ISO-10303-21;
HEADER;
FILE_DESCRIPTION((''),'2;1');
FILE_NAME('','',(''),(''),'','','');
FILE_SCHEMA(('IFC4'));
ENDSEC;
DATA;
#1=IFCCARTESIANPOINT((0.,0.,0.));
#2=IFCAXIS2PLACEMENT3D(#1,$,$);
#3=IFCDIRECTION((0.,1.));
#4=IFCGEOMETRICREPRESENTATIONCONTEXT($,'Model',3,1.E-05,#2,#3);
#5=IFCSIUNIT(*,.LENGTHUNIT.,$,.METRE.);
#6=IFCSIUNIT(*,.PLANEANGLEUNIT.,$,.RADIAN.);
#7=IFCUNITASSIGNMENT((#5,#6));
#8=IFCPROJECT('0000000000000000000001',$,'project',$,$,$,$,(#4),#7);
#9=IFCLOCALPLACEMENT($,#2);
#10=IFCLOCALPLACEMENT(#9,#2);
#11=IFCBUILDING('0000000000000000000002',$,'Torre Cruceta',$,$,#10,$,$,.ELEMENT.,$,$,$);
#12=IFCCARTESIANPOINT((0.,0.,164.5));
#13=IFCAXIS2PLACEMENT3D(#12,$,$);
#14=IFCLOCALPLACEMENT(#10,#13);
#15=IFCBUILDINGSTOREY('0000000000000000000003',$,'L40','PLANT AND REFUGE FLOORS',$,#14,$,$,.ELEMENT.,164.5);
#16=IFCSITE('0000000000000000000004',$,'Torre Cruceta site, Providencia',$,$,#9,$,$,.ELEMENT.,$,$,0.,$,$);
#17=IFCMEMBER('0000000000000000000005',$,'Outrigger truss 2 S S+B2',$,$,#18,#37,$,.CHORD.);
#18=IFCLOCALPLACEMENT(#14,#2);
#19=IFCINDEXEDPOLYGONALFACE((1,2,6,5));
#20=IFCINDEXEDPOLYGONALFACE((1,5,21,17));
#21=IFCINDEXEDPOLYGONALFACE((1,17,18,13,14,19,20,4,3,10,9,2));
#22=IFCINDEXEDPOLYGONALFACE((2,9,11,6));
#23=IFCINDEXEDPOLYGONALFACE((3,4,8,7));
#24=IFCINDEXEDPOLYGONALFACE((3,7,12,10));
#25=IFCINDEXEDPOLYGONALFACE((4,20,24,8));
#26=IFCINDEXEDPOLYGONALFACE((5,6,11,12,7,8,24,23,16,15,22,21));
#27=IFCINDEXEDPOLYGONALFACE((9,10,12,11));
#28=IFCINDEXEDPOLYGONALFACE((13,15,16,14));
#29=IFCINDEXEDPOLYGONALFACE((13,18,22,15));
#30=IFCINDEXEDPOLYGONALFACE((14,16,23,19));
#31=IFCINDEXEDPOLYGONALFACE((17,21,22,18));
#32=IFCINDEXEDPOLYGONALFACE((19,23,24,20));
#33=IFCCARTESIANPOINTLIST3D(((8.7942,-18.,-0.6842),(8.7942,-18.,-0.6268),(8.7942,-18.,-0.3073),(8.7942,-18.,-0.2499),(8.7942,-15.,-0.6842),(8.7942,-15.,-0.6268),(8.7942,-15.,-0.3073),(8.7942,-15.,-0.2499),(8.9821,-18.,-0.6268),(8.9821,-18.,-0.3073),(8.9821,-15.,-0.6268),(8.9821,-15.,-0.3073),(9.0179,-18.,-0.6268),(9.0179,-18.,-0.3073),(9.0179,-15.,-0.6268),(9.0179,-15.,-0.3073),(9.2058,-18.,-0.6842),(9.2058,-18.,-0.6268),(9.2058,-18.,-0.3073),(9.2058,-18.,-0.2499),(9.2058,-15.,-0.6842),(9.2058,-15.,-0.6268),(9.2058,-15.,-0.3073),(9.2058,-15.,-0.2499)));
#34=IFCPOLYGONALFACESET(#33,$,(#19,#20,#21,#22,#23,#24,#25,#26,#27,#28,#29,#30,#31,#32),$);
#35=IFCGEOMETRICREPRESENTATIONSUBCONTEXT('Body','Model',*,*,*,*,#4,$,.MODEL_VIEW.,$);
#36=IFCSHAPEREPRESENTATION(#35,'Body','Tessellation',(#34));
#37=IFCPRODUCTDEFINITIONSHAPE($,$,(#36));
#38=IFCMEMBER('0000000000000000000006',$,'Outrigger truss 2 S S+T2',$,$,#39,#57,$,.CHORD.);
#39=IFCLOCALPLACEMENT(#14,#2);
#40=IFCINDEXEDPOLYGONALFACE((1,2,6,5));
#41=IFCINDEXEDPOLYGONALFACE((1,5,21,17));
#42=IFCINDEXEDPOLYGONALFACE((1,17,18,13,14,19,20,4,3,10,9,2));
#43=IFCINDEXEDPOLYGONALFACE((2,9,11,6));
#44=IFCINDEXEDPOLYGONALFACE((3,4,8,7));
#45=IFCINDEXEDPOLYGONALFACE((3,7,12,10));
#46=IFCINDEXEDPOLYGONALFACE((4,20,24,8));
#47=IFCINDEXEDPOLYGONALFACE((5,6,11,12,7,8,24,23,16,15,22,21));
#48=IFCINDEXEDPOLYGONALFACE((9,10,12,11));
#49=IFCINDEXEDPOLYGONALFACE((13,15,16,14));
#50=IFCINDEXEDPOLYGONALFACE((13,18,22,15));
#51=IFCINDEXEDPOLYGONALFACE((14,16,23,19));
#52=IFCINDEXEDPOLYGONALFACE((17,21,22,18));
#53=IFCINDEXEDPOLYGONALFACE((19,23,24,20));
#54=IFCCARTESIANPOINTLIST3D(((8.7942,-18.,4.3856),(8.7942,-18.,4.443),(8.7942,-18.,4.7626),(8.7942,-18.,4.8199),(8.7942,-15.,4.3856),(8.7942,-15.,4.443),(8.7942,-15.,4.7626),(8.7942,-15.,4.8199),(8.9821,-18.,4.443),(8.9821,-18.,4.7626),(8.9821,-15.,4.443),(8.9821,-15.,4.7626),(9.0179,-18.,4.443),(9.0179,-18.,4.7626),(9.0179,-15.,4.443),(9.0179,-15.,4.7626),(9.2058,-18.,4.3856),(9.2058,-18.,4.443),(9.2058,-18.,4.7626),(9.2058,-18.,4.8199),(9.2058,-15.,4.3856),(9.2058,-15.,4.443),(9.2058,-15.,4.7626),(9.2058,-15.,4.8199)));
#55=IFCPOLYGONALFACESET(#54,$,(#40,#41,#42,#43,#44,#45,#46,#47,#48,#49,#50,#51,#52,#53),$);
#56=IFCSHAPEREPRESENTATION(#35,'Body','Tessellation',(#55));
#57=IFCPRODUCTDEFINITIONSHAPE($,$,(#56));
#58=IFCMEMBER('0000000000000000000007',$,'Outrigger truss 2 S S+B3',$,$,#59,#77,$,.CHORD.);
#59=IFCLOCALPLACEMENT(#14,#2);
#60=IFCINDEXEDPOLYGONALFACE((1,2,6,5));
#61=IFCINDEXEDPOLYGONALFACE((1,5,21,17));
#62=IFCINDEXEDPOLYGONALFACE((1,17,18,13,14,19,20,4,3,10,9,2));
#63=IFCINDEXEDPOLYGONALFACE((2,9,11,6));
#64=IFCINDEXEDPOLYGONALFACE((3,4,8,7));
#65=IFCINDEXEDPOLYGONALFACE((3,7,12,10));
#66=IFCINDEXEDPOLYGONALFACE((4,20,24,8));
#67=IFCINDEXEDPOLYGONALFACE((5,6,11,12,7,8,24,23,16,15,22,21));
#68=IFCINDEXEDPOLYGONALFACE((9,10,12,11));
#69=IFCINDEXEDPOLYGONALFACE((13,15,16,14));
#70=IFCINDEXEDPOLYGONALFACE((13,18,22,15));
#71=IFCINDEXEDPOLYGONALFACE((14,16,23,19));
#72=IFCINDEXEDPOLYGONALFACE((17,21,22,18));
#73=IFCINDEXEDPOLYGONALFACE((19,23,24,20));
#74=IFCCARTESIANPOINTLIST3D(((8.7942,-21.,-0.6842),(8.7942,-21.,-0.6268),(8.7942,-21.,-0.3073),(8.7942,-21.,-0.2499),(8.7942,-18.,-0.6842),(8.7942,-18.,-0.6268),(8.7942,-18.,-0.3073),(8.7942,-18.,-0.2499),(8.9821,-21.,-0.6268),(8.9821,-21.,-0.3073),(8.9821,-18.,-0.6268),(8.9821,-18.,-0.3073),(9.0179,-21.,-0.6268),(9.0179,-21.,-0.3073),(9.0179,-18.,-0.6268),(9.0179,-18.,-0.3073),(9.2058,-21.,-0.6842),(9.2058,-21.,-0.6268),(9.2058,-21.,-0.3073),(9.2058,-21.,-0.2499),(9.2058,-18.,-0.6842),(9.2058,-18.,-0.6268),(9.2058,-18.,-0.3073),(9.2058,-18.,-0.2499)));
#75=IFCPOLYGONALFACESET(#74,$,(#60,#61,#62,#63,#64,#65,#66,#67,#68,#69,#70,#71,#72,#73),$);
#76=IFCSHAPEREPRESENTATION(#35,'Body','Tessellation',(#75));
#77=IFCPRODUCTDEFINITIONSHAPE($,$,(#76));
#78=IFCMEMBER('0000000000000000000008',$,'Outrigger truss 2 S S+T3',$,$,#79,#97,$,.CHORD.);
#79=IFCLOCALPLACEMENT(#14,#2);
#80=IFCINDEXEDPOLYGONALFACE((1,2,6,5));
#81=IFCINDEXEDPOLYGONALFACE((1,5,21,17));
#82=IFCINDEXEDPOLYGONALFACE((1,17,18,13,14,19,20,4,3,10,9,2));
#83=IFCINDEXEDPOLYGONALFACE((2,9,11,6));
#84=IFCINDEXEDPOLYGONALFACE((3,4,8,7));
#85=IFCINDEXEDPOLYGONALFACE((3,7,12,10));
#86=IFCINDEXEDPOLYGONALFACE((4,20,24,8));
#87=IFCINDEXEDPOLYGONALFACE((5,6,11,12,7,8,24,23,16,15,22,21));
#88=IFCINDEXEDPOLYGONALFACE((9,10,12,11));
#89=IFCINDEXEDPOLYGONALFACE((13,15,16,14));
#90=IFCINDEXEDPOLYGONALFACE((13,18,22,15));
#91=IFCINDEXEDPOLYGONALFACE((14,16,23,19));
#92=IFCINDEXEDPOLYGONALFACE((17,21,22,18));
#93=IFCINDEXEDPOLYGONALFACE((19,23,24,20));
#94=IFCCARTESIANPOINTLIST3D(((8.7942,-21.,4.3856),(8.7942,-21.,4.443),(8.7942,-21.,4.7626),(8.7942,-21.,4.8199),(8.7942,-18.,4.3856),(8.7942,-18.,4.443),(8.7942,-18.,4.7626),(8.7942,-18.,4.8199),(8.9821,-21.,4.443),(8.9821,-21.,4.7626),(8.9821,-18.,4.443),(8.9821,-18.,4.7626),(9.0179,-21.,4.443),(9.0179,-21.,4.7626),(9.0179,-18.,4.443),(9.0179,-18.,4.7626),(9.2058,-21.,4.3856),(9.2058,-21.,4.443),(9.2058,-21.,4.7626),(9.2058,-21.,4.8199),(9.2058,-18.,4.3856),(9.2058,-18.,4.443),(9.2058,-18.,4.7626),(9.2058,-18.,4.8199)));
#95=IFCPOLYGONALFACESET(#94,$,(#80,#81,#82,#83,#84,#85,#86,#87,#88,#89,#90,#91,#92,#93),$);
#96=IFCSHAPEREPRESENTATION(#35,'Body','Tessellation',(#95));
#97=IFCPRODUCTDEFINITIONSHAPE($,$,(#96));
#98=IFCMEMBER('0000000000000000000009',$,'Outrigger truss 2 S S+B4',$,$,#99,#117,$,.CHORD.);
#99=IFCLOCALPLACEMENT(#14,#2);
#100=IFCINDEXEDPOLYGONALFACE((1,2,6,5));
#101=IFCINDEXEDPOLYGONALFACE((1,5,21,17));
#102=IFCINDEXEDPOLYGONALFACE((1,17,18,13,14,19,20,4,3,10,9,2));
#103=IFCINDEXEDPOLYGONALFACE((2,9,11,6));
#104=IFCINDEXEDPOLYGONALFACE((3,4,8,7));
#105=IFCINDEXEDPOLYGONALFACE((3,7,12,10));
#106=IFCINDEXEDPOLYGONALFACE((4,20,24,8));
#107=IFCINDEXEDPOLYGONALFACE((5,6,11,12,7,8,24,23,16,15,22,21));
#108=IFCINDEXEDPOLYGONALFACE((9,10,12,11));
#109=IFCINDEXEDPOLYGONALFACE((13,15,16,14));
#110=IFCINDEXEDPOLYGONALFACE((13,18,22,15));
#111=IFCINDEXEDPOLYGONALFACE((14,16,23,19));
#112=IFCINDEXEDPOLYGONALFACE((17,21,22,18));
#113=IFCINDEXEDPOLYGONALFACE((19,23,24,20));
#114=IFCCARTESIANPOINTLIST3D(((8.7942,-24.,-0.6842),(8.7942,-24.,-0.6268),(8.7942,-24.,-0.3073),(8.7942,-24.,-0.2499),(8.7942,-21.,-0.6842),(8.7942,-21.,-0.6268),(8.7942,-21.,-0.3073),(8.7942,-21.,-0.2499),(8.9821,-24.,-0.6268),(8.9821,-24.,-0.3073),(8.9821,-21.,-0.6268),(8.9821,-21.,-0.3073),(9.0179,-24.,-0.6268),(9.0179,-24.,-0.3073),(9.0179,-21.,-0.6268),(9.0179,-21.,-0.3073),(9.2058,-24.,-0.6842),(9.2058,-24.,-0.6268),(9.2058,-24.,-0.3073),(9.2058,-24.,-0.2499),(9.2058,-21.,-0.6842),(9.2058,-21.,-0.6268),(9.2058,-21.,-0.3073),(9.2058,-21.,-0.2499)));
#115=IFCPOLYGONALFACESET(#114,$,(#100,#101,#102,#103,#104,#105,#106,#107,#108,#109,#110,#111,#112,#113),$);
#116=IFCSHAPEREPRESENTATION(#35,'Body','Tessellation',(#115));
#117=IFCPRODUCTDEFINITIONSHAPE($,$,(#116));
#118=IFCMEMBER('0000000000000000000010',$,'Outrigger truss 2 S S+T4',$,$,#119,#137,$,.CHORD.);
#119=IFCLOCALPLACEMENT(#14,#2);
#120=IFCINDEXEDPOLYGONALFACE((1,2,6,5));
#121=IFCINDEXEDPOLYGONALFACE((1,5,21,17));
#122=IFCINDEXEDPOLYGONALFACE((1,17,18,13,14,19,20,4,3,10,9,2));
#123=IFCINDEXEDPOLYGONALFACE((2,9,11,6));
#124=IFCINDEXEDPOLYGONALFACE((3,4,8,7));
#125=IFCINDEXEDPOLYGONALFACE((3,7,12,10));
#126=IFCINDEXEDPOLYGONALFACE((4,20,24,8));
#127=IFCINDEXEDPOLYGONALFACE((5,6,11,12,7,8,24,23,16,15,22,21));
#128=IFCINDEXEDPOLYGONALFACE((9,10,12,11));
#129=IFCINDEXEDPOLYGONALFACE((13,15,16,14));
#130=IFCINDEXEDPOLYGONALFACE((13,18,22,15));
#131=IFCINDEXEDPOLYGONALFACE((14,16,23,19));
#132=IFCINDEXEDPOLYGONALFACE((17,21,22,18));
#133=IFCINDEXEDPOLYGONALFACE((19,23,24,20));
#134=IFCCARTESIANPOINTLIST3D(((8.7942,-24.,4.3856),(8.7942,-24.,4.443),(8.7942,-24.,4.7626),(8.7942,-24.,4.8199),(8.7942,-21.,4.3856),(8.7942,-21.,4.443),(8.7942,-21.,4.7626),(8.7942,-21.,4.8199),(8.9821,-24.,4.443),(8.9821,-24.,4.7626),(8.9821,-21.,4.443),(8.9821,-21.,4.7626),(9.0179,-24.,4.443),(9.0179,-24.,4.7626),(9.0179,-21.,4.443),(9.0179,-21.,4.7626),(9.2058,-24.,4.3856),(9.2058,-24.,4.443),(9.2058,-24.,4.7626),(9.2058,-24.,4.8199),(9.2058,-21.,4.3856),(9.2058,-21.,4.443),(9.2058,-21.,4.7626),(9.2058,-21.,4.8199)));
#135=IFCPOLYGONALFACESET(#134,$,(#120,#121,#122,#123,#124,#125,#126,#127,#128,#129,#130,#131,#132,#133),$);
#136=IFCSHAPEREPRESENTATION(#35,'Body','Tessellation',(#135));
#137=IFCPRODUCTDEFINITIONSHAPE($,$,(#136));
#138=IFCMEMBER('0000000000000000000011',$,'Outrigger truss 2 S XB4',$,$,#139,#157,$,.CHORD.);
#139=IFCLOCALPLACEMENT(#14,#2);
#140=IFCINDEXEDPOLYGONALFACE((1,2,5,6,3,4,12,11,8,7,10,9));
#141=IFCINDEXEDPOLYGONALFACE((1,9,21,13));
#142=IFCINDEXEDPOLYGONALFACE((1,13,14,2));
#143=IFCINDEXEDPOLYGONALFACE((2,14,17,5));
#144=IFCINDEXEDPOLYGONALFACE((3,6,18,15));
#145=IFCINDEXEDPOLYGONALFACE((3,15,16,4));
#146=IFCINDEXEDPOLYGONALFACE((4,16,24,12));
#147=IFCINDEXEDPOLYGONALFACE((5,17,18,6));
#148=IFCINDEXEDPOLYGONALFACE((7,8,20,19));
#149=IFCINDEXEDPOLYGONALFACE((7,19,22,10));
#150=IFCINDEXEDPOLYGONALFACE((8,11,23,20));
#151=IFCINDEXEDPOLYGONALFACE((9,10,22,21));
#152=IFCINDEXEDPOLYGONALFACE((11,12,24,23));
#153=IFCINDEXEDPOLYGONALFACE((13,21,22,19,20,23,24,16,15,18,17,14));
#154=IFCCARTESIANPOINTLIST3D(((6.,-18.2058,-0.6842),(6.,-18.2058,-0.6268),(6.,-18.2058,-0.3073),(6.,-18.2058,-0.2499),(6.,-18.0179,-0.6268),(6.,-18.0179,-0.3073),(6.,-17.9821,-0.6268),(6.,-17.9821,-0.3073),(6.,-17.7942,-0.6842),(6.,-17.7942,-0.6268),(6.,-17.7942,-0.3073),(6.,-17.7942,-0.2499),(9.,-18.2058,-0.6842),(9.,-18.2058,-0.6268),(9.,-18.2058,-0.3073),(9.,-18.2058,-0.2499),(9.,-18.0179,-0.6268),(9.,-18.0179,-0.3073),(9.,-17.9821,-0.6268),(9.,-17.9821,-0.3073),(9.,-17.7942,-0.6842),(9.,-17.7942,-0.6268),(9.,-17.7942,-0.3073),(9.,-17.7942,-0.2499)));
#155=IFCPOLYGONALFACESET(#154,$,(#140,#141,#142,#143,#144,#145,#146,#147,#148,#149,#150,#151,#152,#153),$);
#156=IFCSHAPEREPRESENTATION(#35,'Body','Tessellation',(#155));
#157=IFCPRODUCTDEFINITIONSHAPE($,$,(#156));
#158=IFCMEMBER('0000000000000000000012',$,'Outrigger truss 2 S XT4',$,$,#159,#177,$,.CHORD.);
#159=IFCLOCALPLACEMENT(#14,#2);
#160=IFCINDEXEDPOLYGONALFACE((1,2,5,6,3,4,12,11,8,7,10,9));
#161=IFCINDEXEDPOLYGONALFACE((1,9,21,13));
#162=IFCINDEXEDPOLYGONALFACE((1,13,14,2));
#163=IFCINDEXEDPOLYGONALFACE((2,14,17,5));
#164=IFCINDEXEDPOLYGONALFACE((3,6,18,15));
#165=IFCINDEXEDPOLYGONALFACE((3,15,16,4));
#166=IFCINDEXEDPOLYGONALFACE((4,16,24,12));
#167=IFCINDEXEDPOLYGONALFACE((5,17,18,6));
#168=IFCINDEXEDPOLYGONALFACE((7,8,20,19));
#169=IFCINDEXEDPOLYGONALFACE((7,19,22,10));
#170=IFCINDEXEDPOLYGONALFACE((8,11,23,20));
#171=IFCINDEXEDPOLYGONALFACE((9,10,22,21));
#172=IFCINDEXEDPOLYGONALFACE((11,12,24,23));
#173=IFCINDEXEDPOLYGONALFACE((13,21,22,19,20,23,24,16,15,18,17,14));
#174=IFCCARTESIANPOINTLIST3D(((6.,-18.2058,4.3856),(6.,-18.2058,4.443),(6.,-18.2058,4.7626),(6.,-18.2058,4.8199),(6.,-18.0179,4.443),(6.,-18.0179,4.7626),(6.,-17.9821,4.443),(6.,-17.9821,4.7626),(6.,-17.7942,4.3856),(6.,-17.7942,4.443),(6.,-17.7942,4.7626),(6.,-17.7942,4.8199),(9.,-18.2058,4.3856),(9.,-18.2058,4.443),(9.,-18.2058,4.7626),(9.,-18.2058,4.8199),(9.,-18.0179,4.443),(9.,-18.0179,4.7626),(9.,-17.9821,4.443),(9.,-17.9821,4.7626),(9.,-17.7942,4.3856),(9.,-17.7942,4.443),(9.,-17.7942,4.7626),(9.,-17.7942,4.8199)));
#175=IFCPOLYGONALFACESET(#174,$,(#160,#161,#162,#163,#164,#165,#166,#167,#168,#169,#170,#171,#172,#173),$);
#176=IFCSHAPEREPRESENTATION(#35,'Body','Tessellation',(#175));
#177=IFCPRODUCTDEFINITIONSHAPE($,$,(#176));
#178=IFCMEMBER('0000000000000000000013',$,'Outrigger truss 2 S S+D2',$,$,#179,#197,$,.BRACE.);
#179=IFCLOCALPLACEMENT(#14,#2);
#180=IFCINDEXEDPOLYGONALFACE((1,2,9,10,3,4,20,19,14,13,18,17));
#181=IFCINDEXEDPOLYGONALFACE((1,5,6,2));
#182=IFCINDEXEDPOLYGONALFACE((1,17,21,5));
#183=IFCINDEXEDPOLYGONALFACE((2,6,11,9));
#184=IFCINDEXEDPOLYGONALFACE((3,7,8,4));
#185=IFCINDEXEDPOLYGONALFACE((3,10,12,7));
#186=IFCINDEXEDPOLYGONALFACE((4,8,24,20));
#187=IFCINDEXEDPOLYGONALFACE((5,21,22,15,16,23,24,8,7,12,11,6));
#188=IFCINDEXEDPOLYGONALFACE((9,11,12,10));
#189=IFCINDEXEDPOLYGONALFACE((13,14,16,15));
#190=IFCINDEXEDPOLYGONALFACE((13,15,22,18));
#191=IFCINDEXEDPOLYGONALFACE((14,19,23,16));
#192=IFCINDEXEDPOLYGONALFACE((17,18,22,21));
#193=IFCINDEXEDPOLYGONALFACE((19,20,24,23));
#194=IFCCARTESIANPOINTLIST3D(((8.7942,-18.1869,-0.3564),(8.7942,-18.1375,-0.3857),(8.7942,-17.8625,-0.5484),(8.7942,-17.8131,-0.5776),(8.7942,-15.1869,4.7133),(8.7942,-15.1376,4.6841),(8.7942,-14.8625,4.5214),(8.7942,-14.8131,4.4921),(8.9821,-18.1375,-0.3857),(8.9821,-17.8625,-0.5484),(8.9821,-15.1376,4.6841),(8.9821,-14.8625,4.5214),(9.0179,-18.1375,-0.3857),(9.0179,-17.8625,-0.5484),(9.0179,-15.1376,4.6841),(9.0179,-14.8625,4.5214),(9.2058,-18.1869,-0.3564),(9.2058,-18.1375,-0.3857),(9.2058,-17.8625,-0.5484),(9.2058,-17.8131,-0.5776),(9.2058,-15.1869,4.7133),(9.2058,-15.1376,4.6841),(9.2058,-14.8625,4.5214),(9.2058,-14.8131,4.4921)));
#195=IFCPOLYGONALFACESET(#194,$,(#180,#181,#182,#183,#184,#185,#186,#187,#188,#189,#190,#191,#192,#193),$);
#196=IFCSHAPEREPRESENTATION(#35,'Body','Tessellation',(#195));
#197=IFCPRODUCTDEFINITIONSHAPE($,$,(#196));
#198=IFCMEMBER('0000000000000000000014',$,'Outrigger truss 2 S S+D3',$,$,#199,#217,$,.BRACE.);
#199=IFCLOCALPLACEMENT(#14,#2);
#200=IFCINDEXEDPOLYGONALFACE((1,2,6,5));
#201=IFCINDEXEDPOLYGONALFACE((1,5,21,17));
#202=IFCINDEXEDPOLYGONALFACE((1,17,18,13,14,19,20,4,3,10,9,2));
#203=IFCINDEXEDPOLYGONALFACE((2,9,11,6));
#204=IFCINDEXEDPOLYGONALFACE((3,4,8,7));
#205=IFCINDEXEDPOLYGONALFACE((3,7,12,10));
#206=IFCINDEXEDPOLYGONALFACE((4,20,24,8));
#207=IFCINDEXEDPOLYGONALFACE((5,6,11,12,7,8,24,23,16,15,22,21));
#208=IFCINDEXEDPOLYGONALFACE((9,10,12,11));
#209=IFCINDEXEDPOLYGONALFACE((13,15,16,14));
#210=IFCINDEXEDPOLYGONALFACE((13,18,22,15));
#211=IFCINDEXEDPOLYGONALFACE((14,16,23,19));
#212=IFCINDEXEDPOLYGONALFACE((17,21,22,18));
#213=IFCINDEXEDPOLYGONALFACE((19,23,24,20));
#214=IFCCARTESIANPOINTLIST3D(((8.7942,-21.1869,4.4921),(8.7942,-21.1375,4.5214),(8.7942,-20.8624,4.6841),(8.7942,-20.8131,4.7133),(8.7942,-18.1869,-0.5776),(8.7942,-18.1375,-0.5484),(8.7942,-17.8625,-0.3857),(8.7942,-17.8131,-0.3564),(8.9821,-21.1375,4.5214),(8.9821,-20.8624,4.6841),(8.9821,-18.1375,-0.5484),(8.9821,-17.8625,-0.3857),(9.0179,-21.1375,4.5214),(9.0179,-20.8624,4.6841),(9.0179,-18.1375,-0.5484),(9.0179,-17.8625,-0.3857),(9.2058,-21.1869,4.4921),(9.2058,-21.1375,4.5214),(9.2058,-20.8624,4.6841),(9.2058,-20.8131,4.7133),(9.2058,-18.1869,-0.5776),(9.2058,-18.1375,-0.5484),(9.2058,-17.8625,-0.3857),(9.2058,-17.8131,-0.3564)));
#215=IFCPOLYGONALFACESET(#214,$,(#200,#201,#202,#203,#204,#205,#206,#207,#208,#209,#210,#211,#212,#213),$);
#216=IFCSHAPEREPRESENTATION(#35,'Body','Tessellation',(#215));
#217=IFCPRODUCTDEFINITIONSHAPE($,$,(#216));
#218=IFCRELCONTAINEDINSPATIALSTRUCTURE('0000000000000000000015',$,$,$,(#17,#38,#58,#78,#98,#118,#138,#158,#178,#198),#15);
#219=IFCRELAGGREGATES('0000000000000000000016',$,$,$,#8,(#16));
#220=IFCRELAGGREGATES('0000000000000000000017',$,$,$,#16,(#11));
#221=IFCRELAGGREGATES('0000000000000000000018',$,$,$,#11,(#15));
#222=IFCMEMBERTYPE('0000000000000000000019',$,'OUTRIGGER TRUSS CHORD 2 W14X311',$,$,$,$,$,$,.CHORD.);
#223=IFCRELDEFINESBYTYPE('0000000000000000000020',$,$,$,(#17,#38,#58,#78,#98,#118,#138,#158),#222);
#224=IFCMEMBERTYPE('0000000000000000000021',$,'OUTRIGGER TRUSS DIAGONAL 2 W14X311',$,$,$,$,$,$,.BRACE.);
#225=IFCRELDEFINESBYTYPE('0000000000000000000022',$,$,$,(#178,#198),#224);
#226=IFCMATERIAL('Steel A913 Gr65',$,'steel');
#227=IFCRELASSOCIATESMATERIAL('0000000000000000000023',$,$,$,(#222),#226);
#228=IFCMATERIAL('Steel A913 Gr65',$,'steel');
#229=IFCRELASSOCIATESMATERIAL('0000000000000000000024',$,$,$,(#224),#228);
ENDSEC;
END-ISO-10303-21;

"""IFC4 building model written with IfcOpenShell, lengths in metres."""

from ifc_helpers import new_model, si_unit, direction, frame, origin, origin_2d, place, context, subcontext, project, spatial, i_section, extrude, material, material_profile, profile_set, type_object, element, save


model = new_model("IFC4")

# Units and contexts
model_context = context("Model", 3, precision=1e-05, world=origin(), true_north=direction((0.0, 1.0)))
body_context = subcontext(model_context, "Body", "Model", "MODEL_VIEW")
ifc_project = project(units=[si_unit("LENGTHUNIT", "METRE"), si_unit("PLANEANGLEUNIT", "RADIAN")], contexts=[model_context])

# Site, building, storey
site_placement = place(None, origin())
site = spatial("IfcSite", under=ifc_project, at=site_placement, Name="Torre Cruceta site, Providencia", CompositionType="ELEMENT", RefElevation=0.0)
building_placement = place(site_placement, origin())
building = spatial("IfcBuilding", under=site, at=building_placement, Name="Torre Cruceta", CompositionType="ELEMENT")
storey_placement = place(building_placement, frame((0.0, 0.0, 164.5)))
storey = spatial("IfcBuildingStorey", under=building, at=storey_placement, Name="L40", Description="PLANT AND REFUGE FLOORS", CompositionType="ELEMENT", Elevation=164.5)

# Members
ifc_material_1 = material(Name="Steel A913 Gr65", Category="steel")
ifc_material_profile_1 = material_profile(ifc_material_1, i_section(OverallWidth=0.4116, OverallDepth=0.4343, WebThickness=0.0359, FlangeThickness=0.0574, at=origin_2d()), Name="W14X311")
ifc_profile_set_1 = profile_set([ifc_material_profile_1], Name="Steel A913 Gr65")
member_type_1 = type_object("IfcMemberType", Name="OUTRIGGER TRUSS CHORD 2 W14X311", PredefinedType="CHORD", material=ifc_profile_set_1)
for number, where, z_axis, x_axis, name in (
    (1, (9.0, -15.0, -0.467), (0.0, -1.0, 0.0), (1.0, 0.0, 0.0), "Outrigger truss 2 S S+B2"),
    (2, (9.0, -15.0, 4.6028), (0.0, -1.0, 0.0), (1.0, 0.0, 0.0), "Outrigger truss 2 S S+T2"),
    (3, (9.0, -18.0, -0.467), (0.0, -1.0, 0.0), (1.0, 0.0, 0.0), "Outrigger truss 2 S S+B3"),
    (4, (9.0, -18.0, 4.6028), (0.0, -1.0, 0.0), (1.0, 0.0, 0.0), "Outrigger truss 2 S S+T3"),
    (5, (9.0, -21.0, -0.467), (0.0, -1.0, 0.0), (1.0, 0.0, 0.0), "Outrigger truss 2 S S+B4"),
    (6, (9.0, -21.0, 4.6028), (0.0, -1.0, 0.0), (1.0, 0.0, 0.0), "Outrigger truss 2 S S+T4"),
    (7, (6.0, -18.0, -0.467), (1.0, 0.0, 0.0), (0.0, 1.0, 0.0), "Outrigger truss 2 S XB4"),
    (8, (6.0, -18.0, 4.6028), (1.0, 0.0, 0.0), (0.0, 1.0, 0.0), "Outrigger truss 2 S XT4"),
):
    element("IfcMember", number, at=place(storey_placement, frame(where, z_axis=z_axis, x_axis=x_axis)), inside=storey, type_object=member_type_1, Name=name, PredefinedType="CHORD", context=body_context, shape_type="SweptSolid", body=[
        extrude(i_section(OverallWidth=0.4116, OverallDepth=0.4343, WebThickness=0.0359, FlangeThickness=0.0574, at=origin_2d()), origin(), (0.0, 0.0, 1.0), 3.0),
    ])
ifc_material_2 = material(Name="Steel A913 Gr65", Category="steel")
ifc_material_profile_2 = material_profile(ifc_material_2, i_section(OverallWidth=0.4116, OverallDepth=0.4343, WebThickness=0.0359, FlangeThickness=0.0574, at=origin_2d()), Name="W14X311")
ifc_profile_set_2 = profile_set([ifc_material_profile_2], Name="Steel A913 Gr65")
member_type_2 = type_object("IfcMemberType", Name="OUTRIGGER TRUSS DIAGONAL 2 W14X311", PredefinedType="BRACE", material=ifc_profile_set_2)
for number, where, z_axis, x_axis, name in (
    (9, (9.0, -18.0, -0.467), (0.0, 0.509257, 0.860614), (-1.0, 0.0, 0.0), "Outrigger truss 2 S S+D2"),
    (10, (9.0, -18.0, -0.467), (0.0, -0.509257, 0.860614), (1.0, 0.0, 0.0), "Outrigger truss 2 S S+D3"),
):
    element("IfcMember", number, at=place(storey_placement, frame(where, z_axis=z_axis, x_axis=x_axis)), inside=storey, type_object=member_type_2, Name=name, PredefinedType="BRACE", context=body_context, shape_type="SweptSolid", body=[
        extrude(i_section(OverallWidth=0.4116, OverallDepth=0.4343, WebThickness=0.0359, FlangeThickness=0.0574, at=origin_2d()), origin(), (0.0, 0.0, 1.0), 5.8909),
    ])

save(model, "model.ifc")
